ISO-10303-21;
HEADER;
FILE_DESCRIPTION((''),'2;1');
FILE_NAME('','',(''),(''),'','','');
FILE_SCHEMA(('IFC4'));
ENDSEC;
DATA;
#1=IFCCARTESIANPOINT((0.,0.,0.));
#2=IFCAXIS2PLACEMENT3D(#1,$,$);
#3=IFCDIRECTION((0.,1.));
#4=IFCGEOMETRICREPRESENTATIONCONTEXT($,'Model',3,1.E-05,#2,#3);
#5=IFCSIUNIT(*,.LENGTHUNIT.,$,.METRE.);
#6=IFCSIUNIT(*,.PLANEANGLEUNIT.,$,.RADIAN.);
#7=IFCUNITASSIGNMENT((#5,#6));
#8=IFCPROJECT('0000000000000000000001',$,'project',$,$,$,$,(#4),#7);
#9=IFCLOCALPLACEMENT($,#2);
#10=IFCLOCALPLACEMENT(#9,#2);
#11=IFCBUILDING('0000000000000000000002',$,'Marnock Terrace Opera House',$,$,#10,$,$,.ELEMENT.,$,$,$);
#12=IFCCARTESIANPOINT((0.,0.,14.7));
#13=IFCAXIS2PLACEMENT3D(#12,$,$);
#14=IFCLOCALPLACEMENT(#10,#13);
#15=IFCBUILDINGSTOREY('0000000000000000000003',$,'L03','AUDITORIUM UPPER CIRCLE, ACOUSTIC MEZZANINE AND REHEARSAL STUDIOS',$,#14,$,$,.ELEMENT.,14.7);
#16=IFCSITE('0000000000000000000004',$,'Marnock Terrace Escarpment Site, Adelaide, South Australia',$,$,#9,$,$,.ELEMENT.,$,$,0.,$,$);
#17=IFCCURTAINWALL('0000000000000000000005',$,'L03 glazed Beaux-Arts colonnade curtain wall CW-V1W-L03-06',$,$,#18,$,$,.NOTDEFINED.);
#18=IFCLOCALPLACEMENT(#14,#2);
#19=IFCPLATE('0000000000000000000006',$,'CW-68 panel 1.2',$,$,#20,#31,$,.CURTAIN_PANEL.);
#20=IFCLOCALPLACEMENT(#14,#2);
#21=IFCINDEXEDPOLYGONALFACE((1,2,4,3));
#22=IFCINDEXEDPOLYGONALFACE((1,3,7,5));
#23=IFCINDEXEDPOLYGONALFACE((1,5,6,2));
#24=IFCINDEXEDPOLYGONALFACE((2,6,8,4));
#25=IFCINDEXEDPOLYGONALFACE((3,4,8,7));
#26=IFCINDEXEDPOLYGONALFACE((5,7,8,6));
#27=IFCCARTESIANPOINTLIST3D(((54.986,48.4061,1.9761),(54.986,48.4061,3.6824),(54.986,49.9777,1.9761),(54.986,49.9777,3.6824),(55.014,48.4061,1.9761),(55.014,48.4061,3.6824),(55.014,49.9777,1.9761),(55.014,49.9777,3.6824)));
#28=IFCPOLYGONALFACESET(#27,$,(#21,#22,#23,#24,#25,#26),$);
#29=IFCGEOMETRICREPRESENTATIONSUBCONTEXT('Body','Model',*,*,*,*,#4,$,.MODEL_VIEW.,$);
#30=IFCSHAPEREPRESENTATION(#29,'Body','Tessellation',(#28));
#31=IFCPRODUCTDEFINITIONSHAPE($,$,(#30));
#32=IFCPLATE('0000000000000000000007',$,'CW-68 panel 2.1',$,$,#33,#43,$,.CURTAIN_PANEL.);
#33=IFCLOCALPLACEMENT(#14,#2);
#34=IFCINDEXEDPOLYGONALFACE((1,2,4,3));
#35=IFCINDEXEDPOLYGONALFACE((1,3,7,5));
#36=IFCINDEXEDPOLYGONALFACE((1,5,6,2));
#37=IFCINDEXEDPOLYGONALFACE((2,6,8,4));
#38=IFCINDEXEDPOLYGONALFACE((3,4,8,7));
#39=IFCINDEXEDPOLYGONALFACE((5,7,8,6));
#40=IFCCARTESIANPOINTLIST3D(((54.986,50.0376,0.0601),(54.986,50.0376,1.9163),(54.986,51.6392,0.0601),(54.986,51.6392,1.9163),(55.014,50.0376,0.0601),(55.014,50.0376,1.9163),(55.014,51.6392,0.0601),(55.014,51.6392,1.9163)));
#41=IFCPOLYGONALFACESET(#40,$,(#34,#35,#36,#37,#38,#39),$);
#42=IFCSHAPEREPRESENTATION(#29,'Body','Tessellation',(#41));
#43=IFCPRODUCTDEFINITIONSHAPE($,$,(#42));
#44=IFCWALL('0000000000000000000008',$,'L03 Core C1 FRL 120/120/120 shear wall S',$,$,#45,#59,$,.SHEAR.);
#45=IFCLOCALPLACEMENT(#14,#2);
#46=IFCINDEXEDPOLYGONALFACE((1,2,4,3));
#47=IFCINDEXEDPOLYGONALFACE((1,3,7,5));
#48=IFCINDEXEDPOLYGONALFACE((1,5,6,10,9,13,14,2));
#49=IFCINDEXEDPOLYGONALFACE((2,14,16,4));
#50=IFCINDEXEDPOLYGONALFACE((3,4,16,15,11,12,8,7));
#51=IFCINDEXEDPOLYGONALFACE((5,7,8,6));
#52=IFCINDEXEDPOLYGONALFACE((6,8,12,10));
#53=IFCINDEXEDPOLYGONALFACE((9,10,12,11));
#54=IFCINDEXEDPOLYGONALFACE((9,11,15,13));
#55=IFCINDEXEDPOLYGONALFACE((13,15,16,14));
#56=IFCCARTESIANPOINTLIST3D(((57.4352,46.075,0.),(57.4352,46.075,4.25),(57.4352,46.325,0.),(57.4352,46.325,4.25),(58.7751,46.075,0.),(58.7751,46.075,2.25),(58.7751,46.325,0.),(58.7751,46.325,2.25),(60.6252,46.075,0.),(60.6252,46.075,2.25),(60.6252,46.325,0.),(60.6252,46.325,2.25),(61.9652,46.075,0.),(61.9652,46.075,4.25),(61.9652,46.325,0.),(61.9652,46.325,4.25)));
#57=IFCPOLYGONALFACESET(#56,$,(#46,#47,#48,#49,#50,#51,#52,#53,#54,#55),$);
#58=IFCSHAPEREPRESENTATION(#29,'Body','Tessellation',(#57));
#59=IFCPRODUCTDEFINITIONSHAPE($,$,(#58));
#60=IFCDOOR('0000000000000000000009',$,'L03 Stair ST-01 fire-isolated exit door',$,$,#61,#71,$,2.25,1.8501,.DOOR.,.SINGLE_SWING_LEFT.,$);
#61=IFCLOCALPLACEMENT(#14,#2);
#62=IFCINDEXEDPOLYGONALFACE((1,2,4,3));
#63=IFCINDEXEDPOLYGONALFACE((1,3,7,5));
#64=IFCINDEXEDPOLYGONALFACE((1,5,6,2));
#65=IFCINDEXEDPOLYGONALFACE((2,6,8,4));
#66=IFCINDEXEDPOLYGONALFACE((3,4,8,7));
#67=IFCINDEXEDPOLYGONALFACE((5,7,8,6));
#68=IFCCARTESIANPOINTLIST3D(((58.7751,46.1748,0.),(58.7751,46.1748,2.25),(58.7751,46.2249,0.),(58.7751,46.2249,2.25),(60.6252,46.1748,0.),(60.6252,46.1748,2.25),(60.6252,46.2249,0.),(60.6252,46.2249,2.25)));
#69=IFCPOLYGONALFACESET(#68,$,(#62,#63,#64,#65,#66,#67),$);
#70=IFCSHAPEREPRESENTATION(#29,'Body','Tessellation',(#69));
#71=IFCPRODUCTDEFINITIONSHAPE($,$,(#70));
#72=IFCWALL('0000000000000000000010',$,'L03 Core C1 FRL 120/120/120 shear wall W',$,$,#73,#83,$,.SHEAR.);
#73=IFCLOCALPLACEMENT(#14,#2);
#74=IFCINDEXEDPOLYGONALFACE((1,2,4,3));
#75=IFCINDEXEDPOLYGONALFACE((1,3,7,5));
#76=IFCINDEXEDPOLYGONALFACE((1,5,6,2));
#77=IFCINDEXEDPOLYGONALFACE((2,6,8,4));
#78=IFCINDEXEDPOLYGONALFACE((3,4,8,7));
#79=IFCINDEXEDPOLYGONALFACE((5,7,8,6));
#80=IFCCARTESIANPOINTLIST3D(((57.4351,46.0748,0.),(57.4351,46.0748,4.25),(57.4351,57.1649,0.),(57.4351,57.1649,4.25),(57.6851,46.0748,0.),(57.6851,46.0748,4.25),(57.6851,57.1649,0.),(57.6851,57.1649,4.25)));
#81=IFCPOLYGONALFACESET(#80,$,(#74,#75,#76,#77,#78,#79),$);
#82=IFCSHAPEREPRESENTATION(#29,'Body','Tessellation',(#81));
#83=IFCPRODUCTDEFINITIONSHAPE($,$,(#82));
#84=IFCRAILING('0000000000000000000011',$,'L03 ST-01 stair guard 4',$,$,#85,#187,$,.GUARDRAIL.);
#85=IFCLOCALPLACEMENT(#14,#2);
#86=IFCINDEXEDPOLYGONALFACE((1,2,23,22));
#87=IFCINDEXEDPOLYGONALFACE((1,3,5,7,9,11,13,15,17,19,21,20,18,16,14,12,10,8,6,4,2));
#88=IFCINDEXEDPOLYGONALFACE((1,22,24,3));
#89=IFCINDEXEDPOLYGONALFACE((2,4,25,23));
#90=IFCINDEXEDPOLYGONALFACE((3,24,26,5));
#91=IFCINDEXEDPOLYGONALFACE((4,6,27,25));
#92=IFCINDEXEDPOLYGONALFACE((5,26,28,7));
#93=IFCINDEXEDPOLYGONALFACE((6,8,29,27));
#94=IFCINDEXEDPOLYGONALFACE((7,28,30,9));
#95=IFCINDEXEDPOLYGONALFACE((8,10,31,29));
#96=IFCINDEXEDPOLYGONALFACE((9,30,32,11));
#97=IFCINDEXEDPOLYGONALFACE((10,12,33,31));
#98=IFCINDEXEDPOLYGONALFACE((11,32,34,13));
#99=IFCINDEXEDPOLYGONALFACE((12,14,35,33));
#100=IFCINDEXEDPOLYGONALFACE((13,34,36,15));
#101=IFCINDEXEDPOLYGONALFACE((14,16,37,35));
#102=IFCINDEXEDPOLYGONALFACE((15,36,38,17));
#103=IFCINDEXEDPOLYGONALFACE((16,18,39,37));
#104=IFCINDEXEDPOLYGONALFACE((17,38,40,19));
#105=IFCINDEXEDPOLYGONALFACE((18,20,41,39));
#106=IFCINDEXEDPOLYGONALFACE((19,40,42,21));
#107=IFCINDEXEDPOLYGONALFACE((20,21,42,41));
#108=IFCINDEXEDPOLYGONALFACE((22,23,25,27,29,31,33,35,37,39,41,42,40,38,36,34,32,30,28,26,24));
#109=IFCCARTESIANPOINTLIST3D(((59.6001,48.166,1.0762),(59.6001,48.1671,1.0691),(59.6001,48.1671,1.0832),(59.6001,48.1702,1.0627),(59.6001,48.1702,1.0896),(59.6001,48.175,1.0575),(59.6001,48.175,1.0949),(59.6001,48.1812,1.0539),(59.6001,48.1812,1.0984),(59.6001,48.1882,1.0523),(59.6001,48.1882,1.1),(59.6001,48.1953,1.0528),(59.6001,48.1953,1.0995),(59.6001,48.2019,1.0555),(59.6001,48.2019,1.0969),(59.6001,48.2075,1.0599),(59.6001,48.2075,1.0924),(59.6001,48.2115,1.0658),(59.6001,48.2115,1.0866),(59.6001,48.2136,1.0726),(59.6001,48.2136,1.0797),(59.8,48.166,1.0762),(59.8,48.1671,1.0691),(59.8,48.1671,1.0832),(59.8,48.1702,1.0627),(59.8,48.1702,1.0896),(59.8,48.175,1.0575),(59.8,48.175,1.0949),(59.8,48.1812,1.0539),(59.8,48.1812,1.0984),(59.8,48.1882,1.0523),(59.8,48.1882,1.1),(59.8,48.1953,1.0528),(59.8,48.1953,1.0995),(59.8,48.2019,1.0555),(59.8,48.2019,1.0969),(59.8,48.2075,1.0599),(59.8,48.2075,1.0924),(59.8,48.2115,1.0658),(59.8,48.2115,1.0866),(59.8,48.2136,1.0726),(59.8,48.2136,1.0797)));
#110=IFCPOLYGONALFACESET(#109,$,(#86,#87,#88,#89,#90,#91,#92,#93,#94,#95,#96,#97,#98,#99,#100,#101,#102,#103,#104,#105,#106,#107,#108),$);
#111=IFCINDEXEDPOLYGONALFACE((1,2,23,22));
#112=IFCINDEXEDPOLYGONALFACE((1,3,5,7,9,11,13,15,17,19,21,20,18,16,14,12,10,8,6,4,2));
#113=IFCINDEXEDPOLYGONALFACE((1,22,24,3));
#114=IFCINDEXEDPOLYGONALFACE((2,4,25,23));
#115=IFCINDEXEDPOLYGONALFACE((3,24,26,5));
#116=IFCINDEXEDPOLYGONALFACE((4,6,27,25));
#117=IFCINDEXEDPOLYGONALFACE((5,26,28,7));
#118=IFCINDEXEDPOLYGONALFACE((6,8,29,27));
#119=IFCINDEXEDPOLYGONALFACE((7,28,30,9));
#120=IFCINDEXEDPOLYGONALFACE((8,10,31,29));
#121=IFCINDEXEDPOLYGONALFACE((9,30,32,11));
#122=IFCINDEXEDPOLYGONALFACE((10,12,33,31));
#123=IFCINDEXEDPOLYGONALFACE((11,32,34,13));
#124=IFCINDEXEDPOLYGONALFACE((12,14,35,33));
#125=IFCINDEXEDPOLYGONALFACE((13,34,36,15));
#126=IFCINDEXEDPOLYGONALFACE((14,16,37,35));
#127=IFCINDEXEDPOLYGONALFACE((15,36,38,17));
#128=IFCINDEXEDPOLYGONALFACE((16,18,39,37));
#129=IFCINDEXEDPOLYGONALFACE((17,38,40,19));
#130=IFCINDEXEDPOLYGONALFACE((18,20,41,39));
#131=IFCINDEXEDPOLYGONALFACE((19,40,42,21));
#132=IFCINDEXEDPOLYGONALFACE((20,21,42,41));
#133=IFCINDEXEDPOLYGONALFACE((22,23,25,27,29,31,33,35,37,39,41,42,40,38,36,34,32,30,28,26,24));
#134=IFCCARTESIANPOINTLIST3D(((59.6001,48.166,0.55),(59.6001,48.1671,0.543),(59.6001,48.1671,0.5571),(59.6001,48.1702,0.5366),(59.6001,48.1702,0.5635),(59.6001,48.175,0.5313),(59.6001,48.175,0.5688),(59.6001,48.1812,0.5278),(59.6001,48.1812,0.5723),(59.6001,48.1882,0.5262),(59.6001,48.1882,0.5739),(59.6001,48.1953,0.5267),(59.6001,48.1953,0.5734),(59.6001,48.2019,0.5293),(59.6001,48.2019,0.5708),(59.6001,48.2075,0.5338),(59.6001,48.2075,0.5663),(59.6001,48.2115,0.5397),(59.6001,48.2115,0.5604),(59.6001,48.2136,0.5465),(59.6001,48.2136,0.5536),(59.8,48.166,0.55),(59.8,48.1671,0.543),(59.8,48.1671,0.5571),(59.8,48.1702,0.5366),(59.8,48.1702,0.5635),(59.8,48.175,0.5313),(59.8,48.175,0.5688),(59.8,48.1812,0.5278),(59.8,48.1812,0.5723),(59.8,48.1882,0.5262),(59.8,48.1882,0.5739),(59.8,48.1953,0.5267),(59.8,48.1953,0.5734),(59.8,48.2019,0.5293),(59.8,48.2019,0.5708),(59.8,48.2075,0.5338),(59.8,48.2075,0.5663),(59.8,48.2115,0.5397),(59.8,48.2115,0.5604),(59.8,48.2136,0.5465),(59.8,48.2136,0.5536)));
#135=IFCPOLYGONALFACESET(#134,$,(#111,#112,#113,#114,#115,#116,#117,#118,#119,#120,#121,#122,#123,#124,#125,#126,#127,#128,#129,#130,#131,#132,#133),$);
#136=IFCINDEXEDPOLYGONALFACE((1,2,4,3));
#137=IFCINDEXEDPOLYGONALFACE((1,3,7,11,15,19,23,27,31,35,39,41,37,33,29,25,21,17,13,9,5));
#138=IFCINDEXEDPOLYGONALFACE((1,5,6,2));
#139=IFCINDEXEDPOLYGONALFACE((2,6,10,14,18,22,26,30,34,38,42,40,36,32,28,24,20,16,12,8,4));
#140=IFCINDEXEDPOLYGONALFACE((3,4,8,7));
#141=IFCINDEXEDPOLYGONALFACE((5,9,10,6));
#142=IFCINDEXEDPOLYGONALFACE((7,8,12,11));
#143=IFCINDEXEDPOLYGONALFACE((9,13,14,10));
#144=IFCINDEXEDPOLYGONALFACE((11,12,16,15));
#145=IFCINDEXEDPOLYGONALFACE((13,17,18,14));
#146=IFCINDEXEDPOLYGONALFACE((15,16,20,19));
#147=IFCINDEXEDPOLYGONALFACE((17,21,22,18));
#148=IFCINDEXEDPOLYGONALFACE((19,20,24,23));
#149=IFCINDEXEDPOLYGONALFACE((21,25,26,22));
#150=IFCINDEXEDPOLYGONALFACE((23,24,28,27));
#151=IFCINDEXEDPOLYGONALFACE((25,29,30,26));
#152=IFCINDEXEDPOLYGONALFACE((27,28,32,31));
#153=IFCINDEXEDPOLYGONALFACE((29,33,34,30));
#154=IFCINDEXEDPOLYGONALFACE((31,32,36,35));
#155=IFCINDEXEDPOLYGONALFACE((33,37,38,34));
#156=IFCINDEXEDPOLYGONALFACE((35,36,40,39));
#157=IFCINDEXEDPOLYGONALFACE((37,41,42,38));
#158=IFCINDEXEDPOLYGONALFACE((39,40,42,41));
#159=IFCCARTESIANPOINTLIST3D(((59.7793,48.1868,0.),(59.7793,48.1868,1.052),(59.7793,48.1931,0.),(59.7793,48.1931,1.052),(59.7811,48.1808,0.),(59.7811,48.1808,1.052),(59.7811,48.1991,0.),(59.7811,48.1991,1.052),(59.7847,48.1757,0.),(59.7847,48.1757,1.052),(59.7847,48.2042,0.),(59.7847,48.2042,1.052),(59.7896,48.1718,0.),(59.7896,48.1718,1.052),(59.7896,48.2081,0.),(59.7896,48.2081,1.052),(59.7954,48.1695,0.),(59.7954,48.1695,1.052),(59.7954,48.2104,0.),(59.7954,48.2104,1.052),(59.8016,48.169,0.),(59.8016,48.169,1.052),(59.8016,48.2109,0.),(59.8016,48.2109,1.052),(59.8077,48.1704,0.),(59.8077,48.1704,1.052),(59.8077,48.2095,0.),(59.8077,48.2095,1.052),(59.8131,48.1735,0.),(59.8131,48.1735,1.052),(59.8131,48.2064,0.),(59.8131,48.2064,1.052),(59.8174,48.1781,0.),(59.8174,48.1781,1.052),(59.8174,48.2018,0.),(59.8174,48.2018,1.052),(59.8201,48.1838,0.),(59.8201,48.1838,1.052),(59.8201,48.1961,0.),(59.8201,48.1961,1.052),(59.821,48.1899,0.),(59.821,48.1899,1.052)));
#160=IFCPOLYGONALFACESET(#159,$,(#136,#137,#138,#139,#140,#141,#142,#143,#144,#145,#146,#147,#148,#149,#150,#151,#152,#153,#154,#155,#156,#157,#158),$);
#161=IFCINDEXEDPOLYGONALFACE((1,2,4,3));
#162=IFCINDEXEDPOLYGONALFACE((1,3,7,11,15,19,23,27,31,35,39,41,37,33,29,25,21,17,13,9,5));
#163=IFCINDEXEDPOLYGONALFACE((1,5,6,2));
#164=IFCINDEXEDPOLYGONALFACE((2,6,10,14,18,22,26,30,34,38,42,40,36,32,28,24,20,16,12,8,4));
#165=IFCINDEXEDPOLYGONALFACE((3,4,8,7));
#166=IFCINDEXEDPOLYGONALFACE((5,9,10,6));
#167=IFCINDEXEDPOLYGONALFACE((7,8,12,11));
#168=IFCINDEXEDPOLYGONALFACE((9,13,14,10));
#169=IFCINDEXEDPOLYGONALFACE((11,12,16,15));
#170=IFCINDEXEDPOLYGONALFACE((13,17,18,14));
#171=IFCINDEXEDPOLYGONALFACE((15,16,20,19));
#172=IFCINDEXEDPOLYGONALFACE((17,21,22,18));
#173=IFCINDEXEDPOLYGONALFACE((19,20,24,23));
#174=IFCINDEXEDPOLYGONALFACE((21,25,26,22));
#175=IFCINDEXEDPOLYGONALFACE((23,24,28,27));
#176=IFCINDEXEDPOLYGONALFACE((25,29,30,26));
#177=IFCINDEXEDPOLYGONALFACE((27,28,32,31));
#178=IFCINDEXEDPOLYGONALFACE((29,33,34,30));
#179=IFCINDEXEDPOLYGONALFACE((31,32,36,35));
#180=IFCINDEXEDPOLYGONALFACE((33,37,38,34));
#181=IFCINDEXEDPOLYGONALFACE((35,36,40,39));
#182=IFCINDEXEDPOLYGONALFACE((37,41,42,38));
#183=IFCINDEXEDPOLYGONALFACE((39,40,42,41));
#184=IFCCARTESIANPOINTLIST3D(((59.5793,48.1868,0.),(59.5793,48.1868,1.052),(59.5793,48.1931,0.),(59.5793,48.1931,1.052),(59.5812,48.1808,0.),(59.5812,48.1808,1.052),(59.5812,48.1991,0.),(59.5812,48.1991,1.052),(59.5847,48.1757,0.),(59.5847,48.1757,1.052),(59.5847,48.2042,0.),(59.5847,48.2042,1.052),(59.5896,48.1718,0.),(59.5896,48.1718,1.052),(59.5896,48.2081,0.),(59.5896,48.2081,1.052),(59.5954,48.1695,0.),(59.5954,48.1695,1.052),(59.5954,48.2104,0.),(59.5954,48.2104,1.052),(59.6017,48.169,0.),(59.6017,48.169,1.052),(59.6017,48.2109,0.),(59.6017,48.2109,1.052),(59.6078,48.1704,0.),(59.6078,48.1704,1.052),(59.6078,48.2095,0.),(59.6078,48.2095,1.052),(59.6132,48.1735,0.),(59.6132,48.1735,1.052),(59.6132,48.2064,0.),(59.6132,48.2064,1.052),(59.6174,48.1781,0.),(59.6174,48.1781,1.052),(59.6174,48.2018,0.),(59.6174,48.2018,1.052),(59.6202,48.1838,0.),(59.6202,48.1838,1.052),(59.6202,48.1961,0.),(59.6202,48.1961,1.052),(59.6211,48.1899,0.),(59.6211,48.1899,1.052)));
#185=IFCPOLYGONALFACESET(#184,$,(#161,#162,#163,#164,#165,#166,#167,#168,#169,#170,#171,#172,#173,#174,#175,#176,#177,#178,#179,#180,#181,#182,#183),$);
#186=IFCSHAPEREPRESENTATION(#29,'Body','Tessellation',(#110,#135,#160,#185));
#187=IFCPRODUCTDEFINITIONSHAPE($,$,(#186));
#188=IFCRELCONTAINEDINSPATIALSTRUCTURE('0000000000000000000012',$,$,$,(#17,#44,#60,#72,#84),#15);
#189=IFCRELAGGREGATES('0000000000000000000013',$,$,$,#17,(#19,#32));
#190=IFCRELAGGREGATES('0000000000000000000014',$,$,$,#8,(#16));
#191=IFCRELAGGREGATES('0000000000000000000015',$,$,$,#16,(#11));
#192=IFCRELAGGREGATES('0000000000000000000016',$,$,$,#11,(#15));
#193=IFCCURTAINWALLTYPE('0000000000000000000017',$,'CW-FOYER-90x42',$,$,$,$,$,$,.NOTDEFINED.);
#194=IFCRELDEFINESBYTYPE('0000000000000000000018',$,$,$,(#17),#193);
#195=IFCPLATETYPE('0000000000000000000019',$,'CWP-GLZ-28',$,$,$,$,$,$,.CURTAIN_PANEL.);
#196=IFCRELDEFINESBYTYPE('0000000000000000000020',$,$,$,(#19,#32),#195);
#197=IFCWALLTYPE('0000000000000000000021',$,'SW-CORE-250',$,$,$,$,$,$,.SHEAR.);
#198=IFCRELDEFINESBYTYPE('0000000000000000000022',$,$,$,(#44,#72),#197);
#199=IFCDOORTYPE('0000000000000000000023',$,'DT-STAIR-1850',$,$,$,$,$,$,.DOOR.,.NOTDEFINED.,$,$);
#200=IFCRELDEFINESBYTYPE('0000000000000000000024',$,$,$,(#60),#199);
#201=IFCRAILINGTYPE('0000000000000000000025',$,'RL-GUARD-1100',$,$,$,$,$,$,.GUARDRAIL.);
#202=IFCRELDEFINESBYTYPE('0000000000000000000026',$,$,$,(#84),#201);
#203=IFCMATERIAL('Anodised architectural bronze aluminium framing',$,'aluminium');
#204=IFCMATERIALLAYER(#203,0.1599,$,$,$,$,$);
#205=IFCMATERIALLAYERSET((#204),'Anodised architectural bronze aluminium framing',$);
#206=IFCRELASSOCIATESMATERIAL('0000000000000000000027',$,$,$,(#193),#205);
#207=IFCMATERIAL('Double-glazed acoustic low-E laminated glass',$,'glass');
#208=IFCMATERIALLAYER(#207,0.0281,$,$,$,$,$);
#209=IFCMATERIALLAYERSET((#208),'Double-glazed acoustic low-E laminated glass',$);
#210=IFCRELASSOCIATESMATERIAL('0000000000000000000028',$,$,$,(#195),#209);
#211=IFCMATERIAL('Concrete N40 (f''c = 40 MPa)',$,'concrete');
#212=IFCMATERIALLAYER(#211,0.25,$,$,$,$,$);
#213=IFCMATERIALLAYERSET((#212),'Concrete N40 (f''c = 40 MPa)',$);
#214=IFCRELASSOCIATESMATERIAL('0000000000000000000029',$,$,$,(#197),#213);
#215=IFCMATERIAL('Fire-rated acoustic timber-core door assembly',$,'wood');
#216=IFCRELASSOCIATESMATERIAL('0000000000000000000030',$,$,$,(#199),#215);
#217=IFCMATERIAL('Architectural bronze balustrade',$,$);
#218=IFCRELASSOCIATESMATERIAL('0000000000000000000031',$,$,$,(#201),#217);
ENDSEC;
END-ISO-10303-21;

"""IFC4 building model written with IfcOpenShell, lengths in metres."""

from ifc_helpers import new_model, si_unit, direction, frame, frame_2d, origin, origin_2d, place, context, subcontext, project, spatial, rectangle, circle, extrude, material, layer, layer_set, type_object, element, fill, aggregate, save


model = new_model("IFC4")

# Units and contexts
model_context = context("Model", 3, precision=1e-05, world=origin(), true_north=direction((0.0, 1.0)))
body_context = subcontext(model_context, "Body", "Model", "MODEL_VIEW")
ifc_project = project(units=[si_unit("LENGTHUNIT", "METRE"), si_unit("PLANEANGLEUNIT", "RADIAN")], contexts=[model_context])

# Site, building, storey
site_placement = place(None, origin())
site = spatial("IfcSite", under=ifc_project, at=site_placement, Name="Marnock Terrace Escarpment Site, Adelaide, South Australia", CompositionType="ELEMENT", RefElevation=0.0)
building_placement = place(site_placement, origin())
building = spatial("IfcBuilding", under=site, at=building_placement, Name="Marnock Terrace Opera House", CompositionType="ELEMENT")
storey_placement = place(building_placement, frame((0.0, 0.0, 14.7)))
storey = spatial("IfcBuildingStorey", under=building, at=storey_placement, Name="L03", Description="AUDITORIUM UPPER CIRCLE, ACOUSTIC MEZZANINE AND REHEARSAL STUDIOS", CompositionType="ELEMENT", Elevation=14.7)

# Curtain wall
ifc_material_1 = material(Name="Anodised architectural bronze aluminium framing", Category="aluminium")
ifc_layer_1 = layer(ifc_material_1, 0.1599)
ifc_layer_set_1 = layer_set([ifc_layer_1], Name="Anodised architectural bronze aluminium framing")
curtain_wall_type_1 = type_object("IfcCurtainWallType", Name="CW-FOYER-90x42", PredefinedType="NOTDEFINED", material=ifc_layer_set_1)
curtain_wall_1_placement = place(storey_placement, origin())
curtain_wall_1 = element("IfcCurtainWall", 1, at=curtain_wall_1_placement, inside=storey, type_object=curtain_wall_type_1, Name="L03 glazed Beaux-Arts colonnade curtain wall CW-V1W-L03-06", PredefinedType="NOTDEFINED")

# Plates
ifc_material_2 = material(Name="Double-glazed acoustic low-E laminated glass", Category="glass")
ifc_layer_2 = layer(ifc_material_2, 0.0281)
ifc_layer_set_2 = layer_set([ifc_layer_2], Name="Double-glazed acoustic low-E laminated glass")
plate_type = type_object("IfcPlateType", Name="CWP-GLZ-28", PredefinedType="CURTAIN_PANEL", material=ifc_layer_set_2)
plate_1_placement = place(storey_placement, frame((55.0, 49.1919, 1.9761), z_axis=(0.0, 0.0, 1.0), x_axis=(0.0, 1.0, 0.0)))
plate_1 = element("IfcPlate", 2, at=plate_1_placement, type_object=plate_type, Name="CW-68 panel 1.2", PredefinedType="CURTAIN_PANEL", context=body_context, shape_type="SweptSolid", body=[
    extrude(rectangle(XDim=1.5715, YDim=0.0281, at=origin_2d()), origin(), (0.0, 0.0, 1.0), 1.7063),
])
plate_2_placement = place(storey_placement, frame((55.0, 50.8384, 0.0601), z_axis=(0.0, 0.0, 1.0), x_axis=(0.0, 1.0, 0.0)))
plate_2 = element("IfcPlate", 3, at=plate_2_placement, type_object=plate_type, Name="CW-68 panel 2.1", PredefinedType="CURTAIN_PANEL", context=body_context, shape_type="SweptSolid", body=[
    extrude(rectangle(XDim=1.6016, YDim=0.0281, at=origin_2d()), origin(), (0.0, 0.0, 1.0), 1.8562),
])
aggregate(curtain_wall_1, [plate_1, plate_2])

# Wall, opening, door
ifc_material_3 = material(Name="Concrete N40 (f'c = 40 MPa)", Category="concrete")
ifc_layer_3 = layer(ifc_material_3, 0.25)
ifc_layer_set_3 = layer_set([ifc_layer_3], Name="Concrete N40 (f'c = 40 MPa)")
wall_type = type_object("IfcWallType", Name="SW-CORE-250", PredefinedType="SHEAR", material=ifc_layer_set_3)
wall_1_placement = place(storey_placement, frame((57.4351, 46.2, 0.0), z_axis=(0.0, 0.0, 1.0), x_axis=(1.0, 0.0, 0.0)))
wall_1 = element("IfcWall", 4, at=wall_1_placement, inside=storey, type_object=wall_type, Name="L03 Core C1 FRL 120/120/120 shear wall S", PredefinedType="SHEAR", context=body_context, shape_type="SweptSolid", body=[
    extrude(rectangle(XDim=4.53, YDim=0.25, at=frame_2d((2.2651, 0.0))), origin(), (0.0, 0.0, 1.0), 4.25),
])
opening_placement = place(wall_1_placement, frame((1.3401, 0.0, 0.0)))
opening = element("IfcOpeningElement", 5, at=opening_placement, cuts=wall_1, PredefinedType="OPENING", context=body_context, shape_type="SweptSolid", body=[
    extrude(rectangle(XDim=1.8501, YDim=2.25, at=frame_2d((0.925, 1.125))), frame((0.0, 0.135, 0.0), z_axis=(0.0, -1.0, 0.0), x_axis=(1.0, 0.0, 0.0)), (0.0, 0.0, 1.0), 0.27),
])
ifc_material_4 = material(Name="Fire-rated acoustic timber-core door assembly", Category="wood")
door_type = type_object("IfcDoorType", Name="DT-STAIR-1850", OperationType="NOTDEFINED", PredefinedType="DOOR", material=ifc_material_4)
door_placement = place(opening_placement, origin())
door = element("IfcDoor", 6, at=door_placement, inside=storey, type_object=door_type, Name="L03 Stair ST-01 fire-isolated exit door", OperationType="SINGLE_SWING_LEFT", OverallHeight=2.25, OverallWidth=1.8501, PredefinedType="DOOR", context=body_context, shape_type="SweptSolid", body=[
    extrude(rectangle(XDim=1.8501, YDim=2.25, at=frame_2d((0.925, 1.125))), frame((0.0, 0.0249, 0.0), z_axis=(0.0, -1.0, 0.0), x_axis=(1.0, 0.0, 0.0)), (0.0, 0.0, 1.0), 0.05),
])
fill(opening, door)

# Wall
wall_2_placement = place(storey_placement, frame((57.5601, 46.075, 0.0), z_axis=(0.0, 0.0, 1.0), x_axis=(0.0, 1.0, 0.0)))
element("IfcWall", 7, at=wall_2_placement, inside=storey, type_object=wall_type, Name="L03 Core C1 FRL 120/120/120 shear wall W", PredefinedType="SHEAR", context=body_context, shape_type="SweptSolid", body=[
    extrude(rectangle(XDim=11.0901, YDim=0.25, at=frame_2d((5.5449, 0.0))), origin(), (0.0, 0.0, 1.0), 4.25),
])

# Railing
ifc_material_5 = material(Name="Architectural bronze balustrade")
railing_type = type_object("IfcRailingType", Name="RL-GUARD-1100", PredefinedType="GUARDRAIL", material=ifc_material_5)
railing_placement = place(storey_placement, frame((59.8, 48.1899, 0.0)))
element("IfcRailing", 8, at=railing_placement, inside=storey, type_object=railing_type, Name="L03 ST-01 stair guard 4", PredefinedType="GUARDRAIL", context=body_context, shape_type="SweptSolid", body=[
    extrude(circle(Radius=0.0239, at=origin_2d()), frame((0.0, 0.0, 1.0762), z_axis=(-1.0, 0.0, 0.0), x_axis=(0.0, -1.0, 0.0)), (0.0, 0.0, 1.0), 0.2),
    extrude(circle(Radius=0.0239, at=origin_2d()), frame((0.0, 0.0, 0.55), z_axis=(-1.0, 0.0, 0.0), x_axis=(0.0, -1.0, 0.0)), (0.0, 0.0, 1.0), 0.2),
    extrude(circle(Radius=0.021, at=origin_2d()), origin(), (0.0, 0.0, 1.0), 1.052),
    extrude(circle(Radius=0.021, at=origin_2d()), frame((-0.2, 0.0, 0.0)), (0.0, 0.0, 1.0), 1.052),
])

save(model, "model.ifc")
